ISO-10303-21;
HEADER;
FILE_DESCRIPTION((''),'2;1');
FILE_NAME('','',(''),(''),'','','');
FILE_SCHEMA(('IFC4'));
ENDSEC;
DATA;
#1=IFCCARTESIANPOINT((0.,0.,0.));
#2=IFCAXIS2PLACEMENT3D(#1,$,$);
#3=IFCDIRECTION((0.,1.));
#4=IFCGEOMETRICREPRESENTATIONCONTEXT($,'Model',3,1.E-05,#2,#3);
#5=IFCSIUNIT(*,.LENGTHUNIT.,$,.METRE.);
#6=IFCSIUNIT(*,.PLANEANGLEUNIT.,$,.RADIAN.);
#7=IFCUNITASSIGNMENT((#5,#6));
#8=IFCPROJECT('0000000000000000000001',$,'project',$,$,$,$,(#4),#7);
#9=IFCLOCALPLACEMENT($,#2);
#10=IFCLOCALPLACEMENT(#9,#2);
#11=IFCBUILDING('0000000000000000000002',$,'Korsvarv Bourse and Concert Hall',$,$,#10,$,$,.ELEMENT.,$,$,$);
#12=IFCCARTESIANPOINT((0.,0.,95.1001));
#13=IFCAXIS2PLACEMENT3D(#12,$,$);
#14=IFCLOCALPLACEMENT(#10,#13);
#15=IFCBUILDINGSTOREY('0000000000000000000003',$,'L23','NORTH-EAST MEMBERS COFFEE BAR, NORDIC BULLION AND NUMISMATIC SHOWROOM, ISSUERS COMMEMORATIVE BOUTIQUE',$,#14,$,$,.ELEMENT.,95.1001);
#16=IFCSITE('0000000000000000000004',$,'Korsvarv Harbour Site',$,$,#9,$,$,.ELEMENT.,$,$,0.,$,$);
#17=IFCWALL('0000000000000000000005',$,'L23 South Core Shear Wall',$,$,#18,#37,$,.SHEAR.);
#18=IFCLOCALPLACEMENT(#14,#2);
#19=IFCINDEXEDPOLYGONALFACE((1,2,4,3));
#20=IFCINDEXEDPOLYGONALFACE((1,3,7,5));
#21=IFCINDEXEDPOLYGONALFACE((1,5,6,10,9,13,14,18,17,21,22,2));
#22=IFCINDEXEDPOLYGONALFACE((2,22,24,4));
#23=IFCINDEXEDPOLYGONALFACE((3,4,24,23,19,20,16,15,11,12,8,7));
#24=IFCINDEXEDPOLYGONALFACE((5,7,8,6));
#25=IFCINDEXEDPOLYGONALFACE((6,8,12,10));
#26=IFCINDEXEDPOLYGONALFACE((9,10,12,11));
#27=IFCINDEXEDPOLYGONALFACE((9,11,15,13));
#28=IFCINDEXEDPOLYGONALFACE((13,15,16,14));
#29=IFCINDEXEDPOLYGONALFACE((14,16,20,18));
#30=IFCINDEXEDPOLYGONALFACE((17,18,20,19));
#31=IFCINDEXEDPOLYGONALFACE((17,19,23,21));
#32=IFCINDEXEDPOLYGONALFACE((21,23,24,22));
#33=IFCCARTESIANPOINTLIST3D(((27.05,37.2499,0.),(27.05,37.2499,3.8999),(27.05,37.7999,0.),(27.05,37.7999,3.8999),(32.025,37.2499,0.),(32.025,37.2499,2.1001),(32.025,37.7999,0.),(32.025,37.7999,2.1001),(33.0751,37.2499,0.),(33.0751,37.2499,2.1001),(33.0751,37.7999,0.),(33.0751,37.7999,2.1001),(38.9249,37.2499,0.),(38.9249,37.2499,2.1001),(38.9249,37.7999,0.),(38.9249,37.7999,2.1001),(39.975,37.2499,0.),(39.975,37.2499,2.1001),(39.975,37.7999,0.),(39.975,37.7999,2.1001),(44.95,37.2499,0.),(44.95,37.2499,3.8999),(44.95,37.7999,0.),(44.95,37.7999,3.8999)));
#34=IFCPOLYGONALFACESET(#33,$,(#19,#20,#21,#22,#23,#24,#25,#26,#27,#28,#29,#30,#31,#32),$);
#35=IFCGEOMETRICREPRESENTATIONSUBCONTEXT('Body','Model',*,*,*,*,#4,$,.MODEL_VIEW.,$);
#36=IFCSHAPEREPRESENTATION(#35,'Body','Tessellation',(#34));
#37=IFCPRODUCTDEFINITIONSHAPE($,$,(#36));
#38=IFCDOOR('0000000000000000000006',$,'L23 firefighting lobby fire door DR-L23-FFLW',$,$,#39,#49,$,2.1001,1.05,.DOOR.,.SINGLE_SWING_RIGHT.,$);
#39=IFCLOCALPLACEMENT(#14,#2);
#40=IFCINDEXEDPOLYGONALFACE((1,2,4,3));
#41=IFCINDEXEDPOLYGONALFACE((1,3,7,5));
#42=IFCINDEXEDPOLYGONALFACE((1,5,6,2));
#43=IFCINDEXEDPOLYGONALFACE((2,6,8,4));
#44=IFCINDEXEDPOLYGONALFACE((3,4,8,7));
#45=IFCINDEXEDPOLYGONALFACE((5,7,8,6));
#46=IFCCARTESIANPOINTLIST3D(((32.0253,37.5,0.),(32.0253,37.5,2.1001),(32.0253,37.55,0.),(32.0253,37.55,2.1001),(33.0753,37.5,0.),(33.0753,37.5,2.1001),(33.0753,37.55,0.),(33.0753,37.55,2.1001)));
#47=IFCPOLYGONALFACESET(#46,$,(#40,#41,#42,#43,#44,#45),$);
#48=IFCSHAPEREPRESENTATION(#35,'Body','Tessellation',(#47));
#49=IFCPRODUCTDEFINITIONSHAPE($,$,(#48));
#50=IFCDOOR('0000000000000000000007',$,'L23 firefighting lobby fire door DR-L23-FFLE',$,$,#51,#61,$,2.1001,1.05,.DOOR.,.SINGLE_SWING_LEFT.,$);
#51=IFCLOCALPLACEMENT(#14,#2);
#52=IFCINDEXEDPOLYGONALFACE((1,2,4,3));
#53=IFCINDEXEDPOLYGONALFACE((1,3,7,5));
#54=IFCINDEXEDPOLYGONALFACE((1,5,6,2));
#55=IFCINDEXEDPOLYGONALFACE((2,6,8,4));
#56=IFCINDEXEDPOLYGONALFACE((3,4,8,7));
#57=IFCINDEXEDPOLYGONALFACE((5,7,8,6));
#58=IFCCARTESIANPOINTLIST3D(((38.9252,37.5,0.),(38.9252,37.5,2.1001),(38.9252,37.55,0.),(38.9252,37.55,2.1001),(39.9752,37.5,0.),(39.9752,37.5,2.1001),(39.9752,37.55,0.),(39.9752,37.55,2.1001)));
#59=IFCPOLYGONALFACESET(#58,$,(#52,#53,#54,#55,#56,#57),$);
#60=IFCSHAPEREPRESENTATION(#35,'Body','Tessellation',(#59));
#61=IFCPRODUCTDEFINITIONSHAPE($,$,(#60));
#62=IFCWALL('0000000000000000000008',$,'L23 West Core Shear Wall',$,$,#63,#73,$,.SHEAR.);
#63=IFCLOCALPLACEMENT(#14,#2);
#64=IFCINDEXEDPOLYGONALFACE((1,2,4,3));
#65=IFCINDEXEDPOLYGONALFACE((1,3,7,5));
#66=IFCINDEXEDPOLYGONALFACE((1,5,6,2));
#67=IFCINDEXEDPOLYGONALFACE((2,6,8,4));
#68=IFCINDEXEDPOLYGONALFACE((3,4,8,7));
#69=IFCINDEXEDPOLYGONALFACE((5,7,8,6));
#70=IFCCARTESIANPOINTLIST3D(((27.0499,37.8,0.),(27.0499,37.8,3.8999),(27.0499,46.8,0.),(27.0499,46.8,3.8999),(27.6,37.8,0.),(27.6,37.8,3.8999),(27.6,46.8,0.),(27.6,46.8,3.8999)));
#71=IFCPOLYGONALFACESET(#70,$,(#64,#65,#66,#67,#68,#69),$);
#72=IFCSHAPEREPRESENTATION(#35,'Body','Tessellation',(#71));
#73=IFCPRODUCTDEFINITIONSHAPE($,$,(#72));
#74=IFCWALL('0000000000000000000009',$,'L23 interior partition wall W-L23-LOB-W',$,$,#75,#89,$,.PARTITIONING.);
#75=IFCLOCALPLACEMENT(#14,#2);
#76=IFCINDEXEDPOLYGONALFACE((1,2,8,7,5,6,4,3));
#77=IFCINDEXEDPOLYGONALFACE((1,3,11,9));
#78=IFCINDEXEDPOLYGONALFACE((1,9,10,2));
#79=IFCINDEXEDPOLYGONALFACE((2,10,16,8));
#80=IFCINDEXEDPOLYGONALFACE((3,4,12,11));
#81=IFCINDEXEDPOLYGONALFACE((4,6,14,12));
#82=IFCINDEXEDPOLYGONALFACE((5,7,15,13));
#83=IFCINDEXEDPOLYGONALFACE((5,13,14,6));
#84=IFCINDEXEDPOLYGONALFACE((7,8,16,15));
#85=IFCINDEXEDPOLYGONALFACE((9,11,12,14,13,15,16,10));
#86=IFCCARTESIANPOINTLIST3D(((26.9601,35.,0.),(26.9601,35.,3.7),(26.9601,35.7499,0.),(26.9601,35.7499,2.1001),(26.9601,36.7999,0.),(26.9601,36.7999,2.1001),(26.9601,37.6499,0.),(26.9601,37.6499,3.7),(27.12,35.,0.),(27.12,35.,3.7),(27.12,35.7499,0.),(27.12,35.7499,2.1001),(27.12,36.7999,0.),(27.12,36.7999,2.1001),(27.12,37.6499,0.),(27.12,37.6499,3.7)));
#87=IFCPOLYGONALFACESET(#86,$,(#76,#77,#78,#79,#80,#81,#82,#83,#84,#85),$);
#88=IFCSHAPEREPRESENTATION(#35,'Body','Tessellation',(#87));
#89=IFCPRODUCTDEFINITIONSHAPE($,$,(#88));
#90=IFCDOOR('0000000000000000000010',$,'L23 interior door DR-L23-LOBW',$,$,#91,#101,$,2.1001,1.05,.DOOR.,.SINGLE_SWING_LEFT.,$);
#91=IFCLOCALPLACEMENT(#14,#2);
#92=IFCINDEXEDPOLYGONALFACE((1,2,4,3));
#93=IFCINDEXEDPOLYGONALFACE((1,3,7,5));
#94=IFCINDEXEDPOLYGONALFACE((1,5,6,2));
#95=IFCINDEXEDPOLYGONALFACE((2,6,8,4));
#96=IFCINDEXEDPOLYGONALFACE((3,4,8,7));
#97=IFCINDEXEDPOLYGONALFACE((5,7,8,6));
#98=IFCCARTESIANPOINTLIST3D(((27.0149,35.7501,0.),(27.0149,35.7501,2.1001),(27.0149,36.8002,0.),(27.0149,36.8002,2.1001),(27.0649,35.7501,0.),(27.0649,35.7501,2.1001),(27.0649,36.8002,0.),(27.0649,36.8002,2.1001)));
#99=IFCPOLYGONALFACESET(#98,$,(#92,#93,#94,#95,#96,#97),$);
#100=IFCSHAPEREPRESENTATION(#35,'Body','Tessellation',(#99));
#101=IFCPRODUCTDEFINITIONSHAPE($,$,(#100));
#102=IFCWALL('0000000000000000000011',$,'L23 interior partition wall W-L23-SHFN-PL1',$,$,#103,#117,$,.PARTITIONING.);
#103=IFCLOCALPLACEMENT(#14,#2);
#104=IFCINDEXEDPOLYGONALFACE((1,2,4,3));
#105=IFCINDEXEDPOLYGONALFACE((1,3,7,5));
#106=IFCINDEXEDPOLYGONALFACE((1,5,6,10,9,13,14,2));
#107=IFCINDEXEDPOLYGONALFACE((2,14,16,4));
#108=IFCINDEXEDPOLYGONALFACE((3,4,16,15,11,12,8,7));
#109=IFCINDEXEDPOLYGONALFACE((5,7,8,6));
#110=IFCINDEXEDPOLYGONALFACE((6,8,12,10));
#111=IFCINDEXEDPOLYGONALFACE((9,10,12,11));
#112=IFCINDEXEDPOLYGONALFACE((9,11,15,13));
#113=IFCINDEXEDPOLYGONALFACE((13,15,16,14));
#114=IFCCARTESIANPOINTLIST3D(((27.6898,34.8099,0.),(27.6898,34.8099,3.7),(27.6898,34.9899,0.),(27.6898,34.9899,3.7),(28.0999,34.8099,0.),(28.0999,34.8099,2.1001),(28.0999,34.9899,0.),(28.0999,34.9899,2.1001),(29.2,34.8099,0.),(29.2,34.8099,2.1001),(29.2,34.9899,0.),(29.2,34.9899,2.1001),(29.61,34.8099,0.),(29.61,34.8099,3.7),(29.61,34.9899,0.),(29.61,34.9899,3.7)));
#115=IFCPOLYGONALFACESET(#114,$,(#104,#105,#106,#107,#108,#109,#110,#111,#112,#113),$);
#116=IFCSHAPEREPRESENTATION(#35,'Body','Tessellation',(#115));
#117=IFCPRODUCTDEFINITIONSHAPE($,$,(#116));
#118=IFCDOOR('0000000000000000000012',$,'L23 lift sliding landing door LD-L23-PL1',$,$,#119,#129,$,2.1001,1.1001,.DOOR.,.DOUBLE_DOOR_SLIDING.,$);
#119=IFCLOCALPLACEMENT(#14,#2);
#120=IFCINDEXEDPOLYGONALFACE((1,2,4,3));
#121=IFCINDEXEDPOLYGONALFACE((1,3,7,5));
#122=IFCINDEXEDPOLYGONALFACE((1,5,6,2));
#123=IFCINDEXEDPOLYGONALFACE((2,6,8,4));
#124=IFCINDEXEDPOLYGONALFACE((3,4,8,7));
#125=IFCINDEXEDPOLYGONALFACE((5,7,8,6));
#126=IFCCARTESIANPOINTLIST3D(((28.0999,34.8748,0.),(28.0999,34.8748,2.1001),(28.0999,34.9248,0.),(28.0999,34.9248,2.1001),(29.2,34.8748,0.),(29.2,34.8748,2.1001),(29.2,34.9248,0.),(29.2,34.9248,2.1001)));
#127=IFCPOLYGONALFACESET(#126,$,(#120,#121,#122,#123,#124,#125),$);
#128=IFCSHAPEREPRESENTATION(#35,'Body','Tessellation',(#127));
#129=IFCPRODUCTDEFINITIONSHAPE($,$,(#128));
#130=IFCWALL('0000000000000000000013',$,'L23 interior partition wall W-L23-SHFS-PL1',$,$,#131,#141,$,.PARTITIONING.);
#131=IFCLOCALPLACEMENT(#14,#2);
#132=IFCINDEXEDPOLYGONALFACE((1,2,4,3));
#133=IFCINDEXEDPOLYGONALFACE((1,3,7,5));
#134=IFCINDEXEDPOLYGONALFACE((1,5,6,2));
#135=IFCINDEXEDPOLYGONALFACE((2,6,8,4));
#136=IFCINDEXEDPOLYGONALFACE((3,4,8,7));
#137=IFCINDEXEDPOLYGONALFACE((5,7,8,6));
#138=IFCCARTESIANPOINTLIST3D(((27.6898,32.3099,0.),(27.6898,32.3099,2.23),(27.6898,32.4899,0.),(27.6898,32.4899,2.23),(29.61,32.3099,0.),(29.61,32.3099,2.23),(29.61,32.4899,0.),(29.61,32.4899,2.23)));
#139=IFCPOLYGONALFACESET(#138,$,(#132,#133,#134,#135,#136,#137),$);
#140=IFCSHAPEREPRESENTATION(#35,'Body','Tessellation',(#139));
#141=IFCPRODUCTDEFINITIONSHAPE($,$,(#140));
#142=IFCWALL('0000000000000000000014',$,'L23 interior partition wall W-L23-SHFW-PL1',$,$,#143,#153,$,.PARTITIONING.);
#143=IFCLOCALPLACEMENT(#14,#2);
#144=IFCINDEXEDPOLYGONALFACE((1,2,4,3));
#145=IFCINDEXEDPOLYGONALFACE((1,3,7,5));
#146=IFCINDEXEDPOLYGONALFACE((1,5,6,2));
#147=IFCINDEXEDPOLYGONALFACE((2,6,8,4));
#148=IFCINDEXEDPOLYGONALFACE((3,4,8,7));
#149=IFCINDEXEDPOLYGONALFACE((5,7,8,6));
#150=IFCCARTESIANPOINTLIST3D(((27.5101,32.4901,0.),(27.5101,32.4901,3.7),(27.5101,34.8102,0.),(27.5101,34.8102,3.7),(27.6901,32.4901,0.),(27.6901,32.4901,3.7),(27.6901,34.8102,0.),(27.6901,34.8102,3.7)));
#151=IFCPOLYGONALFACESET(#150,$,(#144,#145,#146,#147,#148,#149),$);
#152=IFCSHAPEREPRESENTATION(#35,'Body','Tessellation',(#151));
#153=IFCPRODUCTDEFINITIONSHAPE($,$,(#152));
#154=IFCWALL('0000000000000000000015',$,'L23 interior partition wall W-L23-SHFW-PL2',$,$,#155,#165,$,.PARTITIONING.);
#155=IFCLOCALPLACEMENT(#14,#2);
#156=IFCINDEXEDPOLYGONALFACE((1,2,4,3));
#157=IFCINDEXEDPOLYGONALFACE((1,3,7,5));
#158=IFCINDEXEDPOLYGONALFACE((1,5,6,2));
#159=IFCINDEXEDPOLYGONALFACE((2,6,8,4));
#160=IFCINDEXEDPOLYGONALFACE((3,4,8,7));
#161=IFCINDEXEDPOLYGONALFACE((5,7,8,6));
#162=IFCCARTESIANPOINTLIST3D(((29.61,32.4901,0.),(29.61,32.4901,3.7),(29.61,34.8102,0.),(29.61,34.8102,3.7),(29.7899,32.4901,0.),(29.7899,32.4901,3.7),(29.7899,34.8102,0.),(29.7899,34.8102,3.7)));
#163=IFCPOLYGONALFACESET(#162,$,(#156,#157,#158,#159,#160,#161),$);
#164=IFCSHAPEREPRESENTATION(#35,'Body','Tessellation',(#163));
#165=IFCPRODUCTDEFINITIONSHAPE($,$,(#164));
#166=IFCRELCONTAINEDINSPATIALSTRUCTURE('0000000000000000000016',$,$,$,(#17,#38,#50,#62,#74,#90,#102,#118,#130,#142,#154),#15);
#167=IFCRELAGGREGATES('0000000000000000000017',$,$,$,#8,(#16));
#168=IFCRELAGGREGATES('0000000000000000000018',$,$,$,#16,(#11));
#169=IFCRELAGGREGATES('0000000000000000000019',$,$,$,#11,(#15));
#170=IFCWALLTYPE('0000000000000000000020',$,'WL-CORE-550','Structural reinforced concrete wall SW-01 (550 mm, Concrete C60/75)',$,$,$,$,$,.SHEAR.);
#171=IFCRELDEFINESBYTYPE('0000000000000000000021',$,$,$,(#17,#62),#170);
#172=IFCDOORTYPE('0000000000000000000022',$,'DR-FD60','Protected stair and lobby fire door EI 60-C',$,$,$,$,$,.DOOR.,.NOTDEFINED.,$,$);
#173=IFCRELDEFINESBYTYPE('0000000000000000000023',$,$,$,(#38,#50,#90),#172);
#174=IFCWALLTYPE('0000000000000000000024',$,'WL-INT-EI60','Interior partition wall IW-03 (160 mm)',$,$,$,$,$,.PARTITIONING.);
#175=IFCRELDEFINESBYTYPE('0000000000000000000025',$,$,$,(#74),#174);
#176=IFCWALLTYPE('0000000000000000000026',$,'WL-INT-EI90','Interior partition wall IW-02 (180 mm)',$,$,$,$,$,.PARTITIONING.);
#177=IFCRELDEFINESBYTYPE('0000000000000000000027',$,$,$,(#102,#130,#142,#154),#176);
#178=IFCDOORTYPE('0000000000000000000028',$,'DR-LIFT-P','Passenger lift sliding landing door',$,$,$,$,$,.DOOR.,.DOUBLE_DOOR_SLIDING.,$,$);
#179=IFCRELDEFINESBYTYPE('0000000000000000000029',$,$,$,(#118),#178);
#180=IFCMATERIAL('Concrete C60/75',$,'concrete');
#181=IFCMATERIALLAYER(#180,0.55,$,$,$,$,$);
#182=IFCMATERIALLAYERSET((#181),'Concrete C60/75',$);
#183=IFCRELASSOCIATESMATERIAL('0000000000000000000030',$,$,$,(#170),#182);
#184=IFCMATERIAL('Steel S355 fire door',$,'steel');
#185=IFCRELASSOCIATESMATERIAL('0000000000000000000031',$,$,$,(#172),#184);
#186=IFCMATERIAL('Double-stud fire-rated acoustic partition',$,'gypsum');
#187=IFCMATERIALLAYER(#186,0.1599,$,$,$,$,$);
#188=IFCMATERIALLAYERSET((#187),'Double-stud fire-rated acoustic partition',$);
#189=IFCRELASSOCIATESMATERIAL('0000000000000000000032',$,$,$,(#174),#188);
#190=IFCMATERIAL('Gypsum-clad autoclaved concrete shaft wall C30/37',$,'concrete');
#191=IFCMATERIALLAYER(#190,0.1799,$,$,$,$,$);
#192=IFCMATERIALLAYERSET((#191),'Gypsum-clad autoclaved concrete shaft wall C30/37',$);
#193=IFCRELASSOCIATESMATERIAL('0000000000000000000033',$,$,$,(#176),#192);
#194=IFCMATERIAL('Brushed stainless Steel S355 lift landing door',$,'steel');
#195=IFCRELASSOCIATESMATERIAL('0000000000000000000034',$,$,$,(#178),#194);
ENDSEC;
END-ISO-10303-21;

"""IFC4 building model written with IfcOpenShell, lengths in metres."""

from ifc_helpers import new_model, si_unit, direction, frame, frame_2d, origin, place, context, subcontext, project, spatial, rectangle, extrude, material, layer, layer_set, type_object, element, fill, save


model = new_model("IFC4")

# Units and contexts
model_context = context("Model", 3, precision=1e-05, world=origin(), true_north=direction((0.0, 1.0)))
body_context = subcontext(model_context, "Body", "Model", "MODEL_VIEW")
ifc_project = project(units=[si_unit("LENGTHUNIT", "METRE"), si_unit("PLANEANGLEUNIT", "RADIAN")], contexts=[model_context])

# Site, building, storey
site_placement = place(None, origin())
site = spatial("IfcSite", under=ifc_project, at=site_placement, Name="Korsvarv Harbour Site", CompositionType="ELEMENT", RefElevation=0.0)
building_placement = place(site_placement, origin())
building = spatial("IfcBuilding", under=site, at=building_placement, Name="Korsvarv Bourse and Concert Hall", CompositionType="ELEMENT")
storey_placement = place(building_placement, frame((0.0, 0.0, 95.1001)))
storey = spatial("IfcBuildingStorey", under=building, at=storey_placement, Name="L23", Description="NORTH-EAST MEMBERS COFFEE BAR, NORDIC BULLION AND NUMISMATIC SHOWROOM, ISSUERS COMMEMORATIVE BOUTIQUE", CompositionType="ELEMENT", Elevation=95.1001)

# Shared definitions
ifc_material_1 = material(Name="Concrete C60/75", Category="concrete")

# Wall, openings, doors
ifc_layer_1 = layer(ifc_material_1, 0.55)
ifc_layer_set_1 = layer_set([ifc_layer_1], Name="Concrete C60/75")
wall_type_1 = type_object("IfcWallType", Name="WL-CORE-550", Description="Structural reinforced concrete wall SW-01 (550 mm, Concrete C60/75)", PredefinedType="SHEAR", material=ifc_layer_set_1)
wall_1_placement = place(storey_placement, frame((27.05, 37.5249, 0.0), z_axis=(0.0, 0.0, 1.0), x_axis=(1.0, 0.0, 0.0)))
wall_1 = element("IfcWall", 1, at=wall_1_placement, inside=storey, type_object=wall_type_1, Name="L23 South Core Shear Wall", PredefinedType="SHEAR", context=body_context, shape_type="SweptSolid", body=[
    extrude(rectangle(XDim=17.8999, YDim=0.55, at=frame_2d((8.95, 0.0))), origin(), (0.0, 0.0, 1.0), 3.8999),
])
opening_1_placement = place(wall_1_placement, frame((4.9751, 0.0, 0.0)))
opening_1 = element("IfcOpeningElement", 2, at=opening_1_placement, cuts=wall_1, PredefinedType="OPENING", context=body_context, shape_type="SweptSolid", body=[
    extrude(rectangle(XDim=1.05, YDim=2.1001, at=frame_2d((0.5249, 1.05))), frame((0.0, 0.2852, 0.0), z_axis=(0.0, -1.0, 0.0), x_axis=(1.0, 0.0, 0.0)), (0.0, 0.0, 1.0), 0.5701),
])
opening_2_placement = place(wall_1_placement, frame((11.875, 0.0, 0.0)))
opening_2 = element("IfcOpeningElement", 3, at=opening_2_placement, cuts=wall_1, PredefinedType="OPENING", context=body_context, shape_type="SweptSolid", body=[
    extrude(rectangle(XDim=1.05, YDim=2.1001, at=frame_2d((0.5249, 1.05))), frame((0.0, 0.2852, 0.0), z_axis=(0.0, -1.0, 0.0), x_axis=(1.0, 0.0, 0.0)), (0.0, 0.0, 1.0), 0.5701),
])
ifc_material_2 = material(Name="Steel S355 fire door", Category="steel")
door_type_1 = type_object("IfcDoorType", Name="DR-FD60", Description="Protected stair and lobby fire door EI 60-C", OperationType="NOTDEFINED", PredefinedType="DOOR", material=ifc_material_2)
door_1_placement = place(opening_1_placement, frame((1.05, 0.0, 0.0), z_axis=(0.0, 0.0, 1.0), x_axis=(-1.0, 0.0, 0.0)))
door_1 = element("IfcDoor", 4, at=door_1_placement, inside=storey, type_object=door_type_1, Name="L23 firefighting lobby fire door DR-L23-FFLW", OperationType="SINGLE_SWING_RIGHT", OverallHeight=2.1001, OverallWidth=1.05, PredefinedType="DOOR", context=body_context, shape_type="SweptSolid", body=[
    extrude(rectangle(XDim=1.05, YDim=2.1001, at=frame_2d((0.5249, 1.05))), frame((0.0, 0.0249, 0.0), z_axis=(0.0, -1.0, 0.0), x_axis=(1.0, 0.0, 0.0)), (0.0, 0.0, 1.0), 0.05),
])
fill(opening_1, door_1)
door_2_placement = place(opening_2_placement, frame((1.05, 0.0, 0.0), z_axis=(0.0, 0.0, 1.0), x_axis=(-1.0, 0.0, 0.0)))
door_2 = element("IfcDoor", 5, at=door_2_placement, inside=storey, type_object=door_type_1, Name="L23 firefighting lobby fire door DR-L23-FFLE", OperationType="SINGLE_SWING_LEFT", OverallHeight=2.1001, OverallWidth=1.05, PredefinedType="DOOR", context=body_context, shape_type="SweptSolid", body=[
    extrude(rectangle(XDim=1.05, YDim=2.1001, at=frame_2d((0.5249, 1.05))), frame((0.0, 0.0249, 0.0), z_axis=(0.0, -1.0, 0.0), x_axis=(1.0, 0.0, 0.0)), (0.0, 0.0, 1.0), 0.05),
])
fill(opening_2, door_2)

# Wall
wall_2_placement = place(storey_placement, frame((27.325, 37.8, 0.0), z_axis=(0.0, 0.0, 1.0), x_axis=(0.0, 1.0, 0.0)))
element("IfcWall", 6, at=wall_2_placement, inside=storey, type_object=wall_type_1, Name="L23 West Core Shear Wall", PredefinedType="SHEAR", context=body_context, shape_type="SweptSolid", body=[
    extrude(rectangle(XDim=9.0, YDim=0.55, at=frame_2d((4.5, 0.0))), origin(), (0.0, 0.0, 1.0), 3.8999),
])

# Walls, openings, doors
ifc_material_3 = material(Name="Double-stud fire-rated acoustic partition", Category="gypsum")
ifc_layer_2 = layer(ifc_material_3, 0.1599)
ifc_layer_set_2 = layer_set([ifc_layer_2], Name="Double-stud fire-rated acoustic partition")
wall_type_2 = type_object("IfcWallType", Name="WL-INT-EI60", Description="Interior partition wall IW-03 (160 mm)", PredefinedType="PARTITIONING", material=ifc_layer_set_2)
wall_3_placement = place(storey_placement, frame((27.04, 35.0, 0.0), z_axis=(0.0, 0.0, 1.0), x_axis=(0.0, 1.0, 0.0)))
wall_3 = element("IfcWall", 7, at=wall_3_placement, inside=storey, type_object=wall_type_2, Name="L23 interior partition wall W-L23-LOB-W", PredefinedType="PARTITIONING", context=body_context, shape_type="SweptSolid", body=[
    extrude(rectangle(XDim=2.6499, YDim=0.1599, at=frame_2d((1.325, 0.0))), origin(), (0.0, 0.0, 1.0), 3.7),
])
opening_3_placement = place(wall_3_placement, frame((0.75, 0.0, 0.0)))
opening_3 = element("IfcOpeningElement", 8, at=opening_3_placement, cuts=wall_3, PredefinedType="OPENING", context=body_context, shape_type="SweptSolid", body=[
    extrude(rectangle(XDim=1.05, YDim=2.1001, at=frame_2d((0.5249, 1.05))), frame((0.0, 0.0898, 0.0), z_axis=(0.0, -1.0, 0.0), x_axis=(1.0, 0.0, 0.0)), (0.0, 0.0, 1.0), 0.1799),
])
door_3_placement = place(opening_3_placement, frame((1.05, 0.0, 0.0), z_axis=(0.0, 0.0, 1.0), x_axis=(-1.0, 0.0, 0.0)))
door_3 = element("IfcDoor", 9, at=door_3_placement, inside=storey, type_object=door_type_1, Name="L23 interior door DR-L23-LOBW", OperationType="SINGLE_SWING_LEFT", OverallHeight=2.1001, OverallWidth=1.05, PredefinedType="DOOR", context=body_context, shape_type="SweptSolid", body=[
    extrude(rectangle(XDim=1.05, YDim=2.1001, at=frame_2d((0.5249, 1.05))), frame((0.0, 0.0249, 0.0), z_axis=(0.0, -1.0, 0.0), x_axis=(1.0, 0.0, 0.0)), (0.0, 0.0, 1.0), 0.05),
])
fill(opening_3, door_3)
ifc_material_4 = material(Name="Gypsum-clad autoclaved concrete shaft wall C30/37", Category="concrete")
ifc_layer_3 = layer(ifc_material_4, 0.1799)
ifc_layer_set_3 = layer_set([ifc_layer_3], Name="Gypsum-clad autoclaved concrete shaft wall C30/37")
wall_type_3 = type_object("IfcWallType", Name="WL-INT-EI90", Description="Interior partition wall IW-02 (180 mm)", PredefinedType="PARTITIONING", material=ifc_layer_set_3)
wall_4_placement = place(storey_placement, frame((27.6899, 34.8999, 0.0), z_axis=(0.0, 0.0, 1.0), x_axis=(1.0, 0.0, 0.0)))
wall_4 = element("IfcWall", 10, at=wall_4_placement, inside=storey, type_object=wall_type_3, Name="L23 interior partition wall W-L23-SHFN-PL1", PredefinedType="PARTITIONING", context=body_context, shape_type="SweptSolid", body=[
    extrude(rectangle(XDim=1.9202, YDim=0.1799, at=frame_2d((0.96, 0.0))), origin(), (0.0, 0.0, 1.0), 3.7),
])
opening_4_placement = place(wall_4_placement, frame((0.4099, 0.0, 0.0)))
opening_4 = element("IfcOpeningElement", 11, at=opening_4_placement, cuts=wall_4, PredefinedType="OPENING", context=body_context, shape_type="SweptSolid", body=[
    extrude(rectangle(XDim=1.1001, YDim=2.1001, at=frame_2d((0.55, 1.05))), frame((0.0, 0.1001, 0.0), z_axis=(0.0, -1.0, 0.0), x_axis=(1.0, 0.0, 0.0)), (0.0, 0.0, 1.0), 0.2),
])
ifc_material_5 = material(Name="Brushed stainless Steel S355 lift landing door", Category="steel")
door_type_2 = type_object("IfcDoorType", Name="DR-LIFT-P", Description="Passenger lift sliding landing door", OperationType="DOUBLE_DOOR_SLIDING", PredefinedType="DOOR", material=ifc_material_5)
door_4_placement = place(opening_4_placement, origin())
door_4 = element("IfcDoor", 12, at=door_4_placement, inside=storey, type_object=door_type_2, Name="L23 lift sliding landing door LD-L23-PL1", OperationType="DOUBLE_DOOR_SLIDING", OverallHeight=2.1001, OverallWidth=1.1001, PredefinedType="DOOR", context=body_context, shape_type="SweptSolid", body=[
    extrude(rectangle(XDim=1.1001, YDim=2.1001, at=frame_2d((0.55, 1.05))), frame((0.0, 0.0249, 0.0), z_axis=(0.0, -1.0, 0.0), x_axis=(1.0, 0.0, 0.0)), (0.0, 0.0, 1.0), 0.05),
])
fill(opening_4, door_4)

# Walls
wall_5_placement = place(storey_placement, frame((27.6899, 32.3999, 0.0), z_axis=(0.0, 0.0, 1.0), x_axis=(1.0, 0.0, 0.0)))
element("IfcWall", 13, at=wall_5_placement, inside=storey, type_object=wall_type_3, Name="L23 interior partition wall W-L23-SHFS-PL1", PredefinedType="PARTITIONING", context=body_context, shape_type="SweptSolid", body=[
    extrude(rectangle(XDim=1.9202, YDim=0.1799, at=frame_2d((0.96, 0.0))), origin(), (0.0, 0.0, 1.0), 2.23),
])
for number, where, z_axis, x_axis, name in (
    (14, (27.6001, 32.49, 0.0), (0.0, 0.0, 1.0), (0.0, 1.0, 0.0), "L23 interior partition wall W-L23-SHFW-PL1"),
    (15, (29.7, 32.49, 0.0), (0.0, 0.0, 1.0), (0.0, 1.0, 0.0), "L23 interior partition wall W-L23-SHFW-PL2"),
):
    element("IfcWall", number, at=place(storey_placement, frame(where, z_axis=z_axis, x_axis=x_axis)), inside=storey, type_object=wall_type_3, Name=name, PredefinedType="PARTITIONING", context=body_context, shape_type="SweptSolid", body=[
        extrude(rectangle(XDim=2.3201, YDim=0.1799, at=frame_2d((1.1602, 0.0))), origin(), (0.0, 0.0, 1.0), 3.7),
    ])

save(model, "model.ifc")
